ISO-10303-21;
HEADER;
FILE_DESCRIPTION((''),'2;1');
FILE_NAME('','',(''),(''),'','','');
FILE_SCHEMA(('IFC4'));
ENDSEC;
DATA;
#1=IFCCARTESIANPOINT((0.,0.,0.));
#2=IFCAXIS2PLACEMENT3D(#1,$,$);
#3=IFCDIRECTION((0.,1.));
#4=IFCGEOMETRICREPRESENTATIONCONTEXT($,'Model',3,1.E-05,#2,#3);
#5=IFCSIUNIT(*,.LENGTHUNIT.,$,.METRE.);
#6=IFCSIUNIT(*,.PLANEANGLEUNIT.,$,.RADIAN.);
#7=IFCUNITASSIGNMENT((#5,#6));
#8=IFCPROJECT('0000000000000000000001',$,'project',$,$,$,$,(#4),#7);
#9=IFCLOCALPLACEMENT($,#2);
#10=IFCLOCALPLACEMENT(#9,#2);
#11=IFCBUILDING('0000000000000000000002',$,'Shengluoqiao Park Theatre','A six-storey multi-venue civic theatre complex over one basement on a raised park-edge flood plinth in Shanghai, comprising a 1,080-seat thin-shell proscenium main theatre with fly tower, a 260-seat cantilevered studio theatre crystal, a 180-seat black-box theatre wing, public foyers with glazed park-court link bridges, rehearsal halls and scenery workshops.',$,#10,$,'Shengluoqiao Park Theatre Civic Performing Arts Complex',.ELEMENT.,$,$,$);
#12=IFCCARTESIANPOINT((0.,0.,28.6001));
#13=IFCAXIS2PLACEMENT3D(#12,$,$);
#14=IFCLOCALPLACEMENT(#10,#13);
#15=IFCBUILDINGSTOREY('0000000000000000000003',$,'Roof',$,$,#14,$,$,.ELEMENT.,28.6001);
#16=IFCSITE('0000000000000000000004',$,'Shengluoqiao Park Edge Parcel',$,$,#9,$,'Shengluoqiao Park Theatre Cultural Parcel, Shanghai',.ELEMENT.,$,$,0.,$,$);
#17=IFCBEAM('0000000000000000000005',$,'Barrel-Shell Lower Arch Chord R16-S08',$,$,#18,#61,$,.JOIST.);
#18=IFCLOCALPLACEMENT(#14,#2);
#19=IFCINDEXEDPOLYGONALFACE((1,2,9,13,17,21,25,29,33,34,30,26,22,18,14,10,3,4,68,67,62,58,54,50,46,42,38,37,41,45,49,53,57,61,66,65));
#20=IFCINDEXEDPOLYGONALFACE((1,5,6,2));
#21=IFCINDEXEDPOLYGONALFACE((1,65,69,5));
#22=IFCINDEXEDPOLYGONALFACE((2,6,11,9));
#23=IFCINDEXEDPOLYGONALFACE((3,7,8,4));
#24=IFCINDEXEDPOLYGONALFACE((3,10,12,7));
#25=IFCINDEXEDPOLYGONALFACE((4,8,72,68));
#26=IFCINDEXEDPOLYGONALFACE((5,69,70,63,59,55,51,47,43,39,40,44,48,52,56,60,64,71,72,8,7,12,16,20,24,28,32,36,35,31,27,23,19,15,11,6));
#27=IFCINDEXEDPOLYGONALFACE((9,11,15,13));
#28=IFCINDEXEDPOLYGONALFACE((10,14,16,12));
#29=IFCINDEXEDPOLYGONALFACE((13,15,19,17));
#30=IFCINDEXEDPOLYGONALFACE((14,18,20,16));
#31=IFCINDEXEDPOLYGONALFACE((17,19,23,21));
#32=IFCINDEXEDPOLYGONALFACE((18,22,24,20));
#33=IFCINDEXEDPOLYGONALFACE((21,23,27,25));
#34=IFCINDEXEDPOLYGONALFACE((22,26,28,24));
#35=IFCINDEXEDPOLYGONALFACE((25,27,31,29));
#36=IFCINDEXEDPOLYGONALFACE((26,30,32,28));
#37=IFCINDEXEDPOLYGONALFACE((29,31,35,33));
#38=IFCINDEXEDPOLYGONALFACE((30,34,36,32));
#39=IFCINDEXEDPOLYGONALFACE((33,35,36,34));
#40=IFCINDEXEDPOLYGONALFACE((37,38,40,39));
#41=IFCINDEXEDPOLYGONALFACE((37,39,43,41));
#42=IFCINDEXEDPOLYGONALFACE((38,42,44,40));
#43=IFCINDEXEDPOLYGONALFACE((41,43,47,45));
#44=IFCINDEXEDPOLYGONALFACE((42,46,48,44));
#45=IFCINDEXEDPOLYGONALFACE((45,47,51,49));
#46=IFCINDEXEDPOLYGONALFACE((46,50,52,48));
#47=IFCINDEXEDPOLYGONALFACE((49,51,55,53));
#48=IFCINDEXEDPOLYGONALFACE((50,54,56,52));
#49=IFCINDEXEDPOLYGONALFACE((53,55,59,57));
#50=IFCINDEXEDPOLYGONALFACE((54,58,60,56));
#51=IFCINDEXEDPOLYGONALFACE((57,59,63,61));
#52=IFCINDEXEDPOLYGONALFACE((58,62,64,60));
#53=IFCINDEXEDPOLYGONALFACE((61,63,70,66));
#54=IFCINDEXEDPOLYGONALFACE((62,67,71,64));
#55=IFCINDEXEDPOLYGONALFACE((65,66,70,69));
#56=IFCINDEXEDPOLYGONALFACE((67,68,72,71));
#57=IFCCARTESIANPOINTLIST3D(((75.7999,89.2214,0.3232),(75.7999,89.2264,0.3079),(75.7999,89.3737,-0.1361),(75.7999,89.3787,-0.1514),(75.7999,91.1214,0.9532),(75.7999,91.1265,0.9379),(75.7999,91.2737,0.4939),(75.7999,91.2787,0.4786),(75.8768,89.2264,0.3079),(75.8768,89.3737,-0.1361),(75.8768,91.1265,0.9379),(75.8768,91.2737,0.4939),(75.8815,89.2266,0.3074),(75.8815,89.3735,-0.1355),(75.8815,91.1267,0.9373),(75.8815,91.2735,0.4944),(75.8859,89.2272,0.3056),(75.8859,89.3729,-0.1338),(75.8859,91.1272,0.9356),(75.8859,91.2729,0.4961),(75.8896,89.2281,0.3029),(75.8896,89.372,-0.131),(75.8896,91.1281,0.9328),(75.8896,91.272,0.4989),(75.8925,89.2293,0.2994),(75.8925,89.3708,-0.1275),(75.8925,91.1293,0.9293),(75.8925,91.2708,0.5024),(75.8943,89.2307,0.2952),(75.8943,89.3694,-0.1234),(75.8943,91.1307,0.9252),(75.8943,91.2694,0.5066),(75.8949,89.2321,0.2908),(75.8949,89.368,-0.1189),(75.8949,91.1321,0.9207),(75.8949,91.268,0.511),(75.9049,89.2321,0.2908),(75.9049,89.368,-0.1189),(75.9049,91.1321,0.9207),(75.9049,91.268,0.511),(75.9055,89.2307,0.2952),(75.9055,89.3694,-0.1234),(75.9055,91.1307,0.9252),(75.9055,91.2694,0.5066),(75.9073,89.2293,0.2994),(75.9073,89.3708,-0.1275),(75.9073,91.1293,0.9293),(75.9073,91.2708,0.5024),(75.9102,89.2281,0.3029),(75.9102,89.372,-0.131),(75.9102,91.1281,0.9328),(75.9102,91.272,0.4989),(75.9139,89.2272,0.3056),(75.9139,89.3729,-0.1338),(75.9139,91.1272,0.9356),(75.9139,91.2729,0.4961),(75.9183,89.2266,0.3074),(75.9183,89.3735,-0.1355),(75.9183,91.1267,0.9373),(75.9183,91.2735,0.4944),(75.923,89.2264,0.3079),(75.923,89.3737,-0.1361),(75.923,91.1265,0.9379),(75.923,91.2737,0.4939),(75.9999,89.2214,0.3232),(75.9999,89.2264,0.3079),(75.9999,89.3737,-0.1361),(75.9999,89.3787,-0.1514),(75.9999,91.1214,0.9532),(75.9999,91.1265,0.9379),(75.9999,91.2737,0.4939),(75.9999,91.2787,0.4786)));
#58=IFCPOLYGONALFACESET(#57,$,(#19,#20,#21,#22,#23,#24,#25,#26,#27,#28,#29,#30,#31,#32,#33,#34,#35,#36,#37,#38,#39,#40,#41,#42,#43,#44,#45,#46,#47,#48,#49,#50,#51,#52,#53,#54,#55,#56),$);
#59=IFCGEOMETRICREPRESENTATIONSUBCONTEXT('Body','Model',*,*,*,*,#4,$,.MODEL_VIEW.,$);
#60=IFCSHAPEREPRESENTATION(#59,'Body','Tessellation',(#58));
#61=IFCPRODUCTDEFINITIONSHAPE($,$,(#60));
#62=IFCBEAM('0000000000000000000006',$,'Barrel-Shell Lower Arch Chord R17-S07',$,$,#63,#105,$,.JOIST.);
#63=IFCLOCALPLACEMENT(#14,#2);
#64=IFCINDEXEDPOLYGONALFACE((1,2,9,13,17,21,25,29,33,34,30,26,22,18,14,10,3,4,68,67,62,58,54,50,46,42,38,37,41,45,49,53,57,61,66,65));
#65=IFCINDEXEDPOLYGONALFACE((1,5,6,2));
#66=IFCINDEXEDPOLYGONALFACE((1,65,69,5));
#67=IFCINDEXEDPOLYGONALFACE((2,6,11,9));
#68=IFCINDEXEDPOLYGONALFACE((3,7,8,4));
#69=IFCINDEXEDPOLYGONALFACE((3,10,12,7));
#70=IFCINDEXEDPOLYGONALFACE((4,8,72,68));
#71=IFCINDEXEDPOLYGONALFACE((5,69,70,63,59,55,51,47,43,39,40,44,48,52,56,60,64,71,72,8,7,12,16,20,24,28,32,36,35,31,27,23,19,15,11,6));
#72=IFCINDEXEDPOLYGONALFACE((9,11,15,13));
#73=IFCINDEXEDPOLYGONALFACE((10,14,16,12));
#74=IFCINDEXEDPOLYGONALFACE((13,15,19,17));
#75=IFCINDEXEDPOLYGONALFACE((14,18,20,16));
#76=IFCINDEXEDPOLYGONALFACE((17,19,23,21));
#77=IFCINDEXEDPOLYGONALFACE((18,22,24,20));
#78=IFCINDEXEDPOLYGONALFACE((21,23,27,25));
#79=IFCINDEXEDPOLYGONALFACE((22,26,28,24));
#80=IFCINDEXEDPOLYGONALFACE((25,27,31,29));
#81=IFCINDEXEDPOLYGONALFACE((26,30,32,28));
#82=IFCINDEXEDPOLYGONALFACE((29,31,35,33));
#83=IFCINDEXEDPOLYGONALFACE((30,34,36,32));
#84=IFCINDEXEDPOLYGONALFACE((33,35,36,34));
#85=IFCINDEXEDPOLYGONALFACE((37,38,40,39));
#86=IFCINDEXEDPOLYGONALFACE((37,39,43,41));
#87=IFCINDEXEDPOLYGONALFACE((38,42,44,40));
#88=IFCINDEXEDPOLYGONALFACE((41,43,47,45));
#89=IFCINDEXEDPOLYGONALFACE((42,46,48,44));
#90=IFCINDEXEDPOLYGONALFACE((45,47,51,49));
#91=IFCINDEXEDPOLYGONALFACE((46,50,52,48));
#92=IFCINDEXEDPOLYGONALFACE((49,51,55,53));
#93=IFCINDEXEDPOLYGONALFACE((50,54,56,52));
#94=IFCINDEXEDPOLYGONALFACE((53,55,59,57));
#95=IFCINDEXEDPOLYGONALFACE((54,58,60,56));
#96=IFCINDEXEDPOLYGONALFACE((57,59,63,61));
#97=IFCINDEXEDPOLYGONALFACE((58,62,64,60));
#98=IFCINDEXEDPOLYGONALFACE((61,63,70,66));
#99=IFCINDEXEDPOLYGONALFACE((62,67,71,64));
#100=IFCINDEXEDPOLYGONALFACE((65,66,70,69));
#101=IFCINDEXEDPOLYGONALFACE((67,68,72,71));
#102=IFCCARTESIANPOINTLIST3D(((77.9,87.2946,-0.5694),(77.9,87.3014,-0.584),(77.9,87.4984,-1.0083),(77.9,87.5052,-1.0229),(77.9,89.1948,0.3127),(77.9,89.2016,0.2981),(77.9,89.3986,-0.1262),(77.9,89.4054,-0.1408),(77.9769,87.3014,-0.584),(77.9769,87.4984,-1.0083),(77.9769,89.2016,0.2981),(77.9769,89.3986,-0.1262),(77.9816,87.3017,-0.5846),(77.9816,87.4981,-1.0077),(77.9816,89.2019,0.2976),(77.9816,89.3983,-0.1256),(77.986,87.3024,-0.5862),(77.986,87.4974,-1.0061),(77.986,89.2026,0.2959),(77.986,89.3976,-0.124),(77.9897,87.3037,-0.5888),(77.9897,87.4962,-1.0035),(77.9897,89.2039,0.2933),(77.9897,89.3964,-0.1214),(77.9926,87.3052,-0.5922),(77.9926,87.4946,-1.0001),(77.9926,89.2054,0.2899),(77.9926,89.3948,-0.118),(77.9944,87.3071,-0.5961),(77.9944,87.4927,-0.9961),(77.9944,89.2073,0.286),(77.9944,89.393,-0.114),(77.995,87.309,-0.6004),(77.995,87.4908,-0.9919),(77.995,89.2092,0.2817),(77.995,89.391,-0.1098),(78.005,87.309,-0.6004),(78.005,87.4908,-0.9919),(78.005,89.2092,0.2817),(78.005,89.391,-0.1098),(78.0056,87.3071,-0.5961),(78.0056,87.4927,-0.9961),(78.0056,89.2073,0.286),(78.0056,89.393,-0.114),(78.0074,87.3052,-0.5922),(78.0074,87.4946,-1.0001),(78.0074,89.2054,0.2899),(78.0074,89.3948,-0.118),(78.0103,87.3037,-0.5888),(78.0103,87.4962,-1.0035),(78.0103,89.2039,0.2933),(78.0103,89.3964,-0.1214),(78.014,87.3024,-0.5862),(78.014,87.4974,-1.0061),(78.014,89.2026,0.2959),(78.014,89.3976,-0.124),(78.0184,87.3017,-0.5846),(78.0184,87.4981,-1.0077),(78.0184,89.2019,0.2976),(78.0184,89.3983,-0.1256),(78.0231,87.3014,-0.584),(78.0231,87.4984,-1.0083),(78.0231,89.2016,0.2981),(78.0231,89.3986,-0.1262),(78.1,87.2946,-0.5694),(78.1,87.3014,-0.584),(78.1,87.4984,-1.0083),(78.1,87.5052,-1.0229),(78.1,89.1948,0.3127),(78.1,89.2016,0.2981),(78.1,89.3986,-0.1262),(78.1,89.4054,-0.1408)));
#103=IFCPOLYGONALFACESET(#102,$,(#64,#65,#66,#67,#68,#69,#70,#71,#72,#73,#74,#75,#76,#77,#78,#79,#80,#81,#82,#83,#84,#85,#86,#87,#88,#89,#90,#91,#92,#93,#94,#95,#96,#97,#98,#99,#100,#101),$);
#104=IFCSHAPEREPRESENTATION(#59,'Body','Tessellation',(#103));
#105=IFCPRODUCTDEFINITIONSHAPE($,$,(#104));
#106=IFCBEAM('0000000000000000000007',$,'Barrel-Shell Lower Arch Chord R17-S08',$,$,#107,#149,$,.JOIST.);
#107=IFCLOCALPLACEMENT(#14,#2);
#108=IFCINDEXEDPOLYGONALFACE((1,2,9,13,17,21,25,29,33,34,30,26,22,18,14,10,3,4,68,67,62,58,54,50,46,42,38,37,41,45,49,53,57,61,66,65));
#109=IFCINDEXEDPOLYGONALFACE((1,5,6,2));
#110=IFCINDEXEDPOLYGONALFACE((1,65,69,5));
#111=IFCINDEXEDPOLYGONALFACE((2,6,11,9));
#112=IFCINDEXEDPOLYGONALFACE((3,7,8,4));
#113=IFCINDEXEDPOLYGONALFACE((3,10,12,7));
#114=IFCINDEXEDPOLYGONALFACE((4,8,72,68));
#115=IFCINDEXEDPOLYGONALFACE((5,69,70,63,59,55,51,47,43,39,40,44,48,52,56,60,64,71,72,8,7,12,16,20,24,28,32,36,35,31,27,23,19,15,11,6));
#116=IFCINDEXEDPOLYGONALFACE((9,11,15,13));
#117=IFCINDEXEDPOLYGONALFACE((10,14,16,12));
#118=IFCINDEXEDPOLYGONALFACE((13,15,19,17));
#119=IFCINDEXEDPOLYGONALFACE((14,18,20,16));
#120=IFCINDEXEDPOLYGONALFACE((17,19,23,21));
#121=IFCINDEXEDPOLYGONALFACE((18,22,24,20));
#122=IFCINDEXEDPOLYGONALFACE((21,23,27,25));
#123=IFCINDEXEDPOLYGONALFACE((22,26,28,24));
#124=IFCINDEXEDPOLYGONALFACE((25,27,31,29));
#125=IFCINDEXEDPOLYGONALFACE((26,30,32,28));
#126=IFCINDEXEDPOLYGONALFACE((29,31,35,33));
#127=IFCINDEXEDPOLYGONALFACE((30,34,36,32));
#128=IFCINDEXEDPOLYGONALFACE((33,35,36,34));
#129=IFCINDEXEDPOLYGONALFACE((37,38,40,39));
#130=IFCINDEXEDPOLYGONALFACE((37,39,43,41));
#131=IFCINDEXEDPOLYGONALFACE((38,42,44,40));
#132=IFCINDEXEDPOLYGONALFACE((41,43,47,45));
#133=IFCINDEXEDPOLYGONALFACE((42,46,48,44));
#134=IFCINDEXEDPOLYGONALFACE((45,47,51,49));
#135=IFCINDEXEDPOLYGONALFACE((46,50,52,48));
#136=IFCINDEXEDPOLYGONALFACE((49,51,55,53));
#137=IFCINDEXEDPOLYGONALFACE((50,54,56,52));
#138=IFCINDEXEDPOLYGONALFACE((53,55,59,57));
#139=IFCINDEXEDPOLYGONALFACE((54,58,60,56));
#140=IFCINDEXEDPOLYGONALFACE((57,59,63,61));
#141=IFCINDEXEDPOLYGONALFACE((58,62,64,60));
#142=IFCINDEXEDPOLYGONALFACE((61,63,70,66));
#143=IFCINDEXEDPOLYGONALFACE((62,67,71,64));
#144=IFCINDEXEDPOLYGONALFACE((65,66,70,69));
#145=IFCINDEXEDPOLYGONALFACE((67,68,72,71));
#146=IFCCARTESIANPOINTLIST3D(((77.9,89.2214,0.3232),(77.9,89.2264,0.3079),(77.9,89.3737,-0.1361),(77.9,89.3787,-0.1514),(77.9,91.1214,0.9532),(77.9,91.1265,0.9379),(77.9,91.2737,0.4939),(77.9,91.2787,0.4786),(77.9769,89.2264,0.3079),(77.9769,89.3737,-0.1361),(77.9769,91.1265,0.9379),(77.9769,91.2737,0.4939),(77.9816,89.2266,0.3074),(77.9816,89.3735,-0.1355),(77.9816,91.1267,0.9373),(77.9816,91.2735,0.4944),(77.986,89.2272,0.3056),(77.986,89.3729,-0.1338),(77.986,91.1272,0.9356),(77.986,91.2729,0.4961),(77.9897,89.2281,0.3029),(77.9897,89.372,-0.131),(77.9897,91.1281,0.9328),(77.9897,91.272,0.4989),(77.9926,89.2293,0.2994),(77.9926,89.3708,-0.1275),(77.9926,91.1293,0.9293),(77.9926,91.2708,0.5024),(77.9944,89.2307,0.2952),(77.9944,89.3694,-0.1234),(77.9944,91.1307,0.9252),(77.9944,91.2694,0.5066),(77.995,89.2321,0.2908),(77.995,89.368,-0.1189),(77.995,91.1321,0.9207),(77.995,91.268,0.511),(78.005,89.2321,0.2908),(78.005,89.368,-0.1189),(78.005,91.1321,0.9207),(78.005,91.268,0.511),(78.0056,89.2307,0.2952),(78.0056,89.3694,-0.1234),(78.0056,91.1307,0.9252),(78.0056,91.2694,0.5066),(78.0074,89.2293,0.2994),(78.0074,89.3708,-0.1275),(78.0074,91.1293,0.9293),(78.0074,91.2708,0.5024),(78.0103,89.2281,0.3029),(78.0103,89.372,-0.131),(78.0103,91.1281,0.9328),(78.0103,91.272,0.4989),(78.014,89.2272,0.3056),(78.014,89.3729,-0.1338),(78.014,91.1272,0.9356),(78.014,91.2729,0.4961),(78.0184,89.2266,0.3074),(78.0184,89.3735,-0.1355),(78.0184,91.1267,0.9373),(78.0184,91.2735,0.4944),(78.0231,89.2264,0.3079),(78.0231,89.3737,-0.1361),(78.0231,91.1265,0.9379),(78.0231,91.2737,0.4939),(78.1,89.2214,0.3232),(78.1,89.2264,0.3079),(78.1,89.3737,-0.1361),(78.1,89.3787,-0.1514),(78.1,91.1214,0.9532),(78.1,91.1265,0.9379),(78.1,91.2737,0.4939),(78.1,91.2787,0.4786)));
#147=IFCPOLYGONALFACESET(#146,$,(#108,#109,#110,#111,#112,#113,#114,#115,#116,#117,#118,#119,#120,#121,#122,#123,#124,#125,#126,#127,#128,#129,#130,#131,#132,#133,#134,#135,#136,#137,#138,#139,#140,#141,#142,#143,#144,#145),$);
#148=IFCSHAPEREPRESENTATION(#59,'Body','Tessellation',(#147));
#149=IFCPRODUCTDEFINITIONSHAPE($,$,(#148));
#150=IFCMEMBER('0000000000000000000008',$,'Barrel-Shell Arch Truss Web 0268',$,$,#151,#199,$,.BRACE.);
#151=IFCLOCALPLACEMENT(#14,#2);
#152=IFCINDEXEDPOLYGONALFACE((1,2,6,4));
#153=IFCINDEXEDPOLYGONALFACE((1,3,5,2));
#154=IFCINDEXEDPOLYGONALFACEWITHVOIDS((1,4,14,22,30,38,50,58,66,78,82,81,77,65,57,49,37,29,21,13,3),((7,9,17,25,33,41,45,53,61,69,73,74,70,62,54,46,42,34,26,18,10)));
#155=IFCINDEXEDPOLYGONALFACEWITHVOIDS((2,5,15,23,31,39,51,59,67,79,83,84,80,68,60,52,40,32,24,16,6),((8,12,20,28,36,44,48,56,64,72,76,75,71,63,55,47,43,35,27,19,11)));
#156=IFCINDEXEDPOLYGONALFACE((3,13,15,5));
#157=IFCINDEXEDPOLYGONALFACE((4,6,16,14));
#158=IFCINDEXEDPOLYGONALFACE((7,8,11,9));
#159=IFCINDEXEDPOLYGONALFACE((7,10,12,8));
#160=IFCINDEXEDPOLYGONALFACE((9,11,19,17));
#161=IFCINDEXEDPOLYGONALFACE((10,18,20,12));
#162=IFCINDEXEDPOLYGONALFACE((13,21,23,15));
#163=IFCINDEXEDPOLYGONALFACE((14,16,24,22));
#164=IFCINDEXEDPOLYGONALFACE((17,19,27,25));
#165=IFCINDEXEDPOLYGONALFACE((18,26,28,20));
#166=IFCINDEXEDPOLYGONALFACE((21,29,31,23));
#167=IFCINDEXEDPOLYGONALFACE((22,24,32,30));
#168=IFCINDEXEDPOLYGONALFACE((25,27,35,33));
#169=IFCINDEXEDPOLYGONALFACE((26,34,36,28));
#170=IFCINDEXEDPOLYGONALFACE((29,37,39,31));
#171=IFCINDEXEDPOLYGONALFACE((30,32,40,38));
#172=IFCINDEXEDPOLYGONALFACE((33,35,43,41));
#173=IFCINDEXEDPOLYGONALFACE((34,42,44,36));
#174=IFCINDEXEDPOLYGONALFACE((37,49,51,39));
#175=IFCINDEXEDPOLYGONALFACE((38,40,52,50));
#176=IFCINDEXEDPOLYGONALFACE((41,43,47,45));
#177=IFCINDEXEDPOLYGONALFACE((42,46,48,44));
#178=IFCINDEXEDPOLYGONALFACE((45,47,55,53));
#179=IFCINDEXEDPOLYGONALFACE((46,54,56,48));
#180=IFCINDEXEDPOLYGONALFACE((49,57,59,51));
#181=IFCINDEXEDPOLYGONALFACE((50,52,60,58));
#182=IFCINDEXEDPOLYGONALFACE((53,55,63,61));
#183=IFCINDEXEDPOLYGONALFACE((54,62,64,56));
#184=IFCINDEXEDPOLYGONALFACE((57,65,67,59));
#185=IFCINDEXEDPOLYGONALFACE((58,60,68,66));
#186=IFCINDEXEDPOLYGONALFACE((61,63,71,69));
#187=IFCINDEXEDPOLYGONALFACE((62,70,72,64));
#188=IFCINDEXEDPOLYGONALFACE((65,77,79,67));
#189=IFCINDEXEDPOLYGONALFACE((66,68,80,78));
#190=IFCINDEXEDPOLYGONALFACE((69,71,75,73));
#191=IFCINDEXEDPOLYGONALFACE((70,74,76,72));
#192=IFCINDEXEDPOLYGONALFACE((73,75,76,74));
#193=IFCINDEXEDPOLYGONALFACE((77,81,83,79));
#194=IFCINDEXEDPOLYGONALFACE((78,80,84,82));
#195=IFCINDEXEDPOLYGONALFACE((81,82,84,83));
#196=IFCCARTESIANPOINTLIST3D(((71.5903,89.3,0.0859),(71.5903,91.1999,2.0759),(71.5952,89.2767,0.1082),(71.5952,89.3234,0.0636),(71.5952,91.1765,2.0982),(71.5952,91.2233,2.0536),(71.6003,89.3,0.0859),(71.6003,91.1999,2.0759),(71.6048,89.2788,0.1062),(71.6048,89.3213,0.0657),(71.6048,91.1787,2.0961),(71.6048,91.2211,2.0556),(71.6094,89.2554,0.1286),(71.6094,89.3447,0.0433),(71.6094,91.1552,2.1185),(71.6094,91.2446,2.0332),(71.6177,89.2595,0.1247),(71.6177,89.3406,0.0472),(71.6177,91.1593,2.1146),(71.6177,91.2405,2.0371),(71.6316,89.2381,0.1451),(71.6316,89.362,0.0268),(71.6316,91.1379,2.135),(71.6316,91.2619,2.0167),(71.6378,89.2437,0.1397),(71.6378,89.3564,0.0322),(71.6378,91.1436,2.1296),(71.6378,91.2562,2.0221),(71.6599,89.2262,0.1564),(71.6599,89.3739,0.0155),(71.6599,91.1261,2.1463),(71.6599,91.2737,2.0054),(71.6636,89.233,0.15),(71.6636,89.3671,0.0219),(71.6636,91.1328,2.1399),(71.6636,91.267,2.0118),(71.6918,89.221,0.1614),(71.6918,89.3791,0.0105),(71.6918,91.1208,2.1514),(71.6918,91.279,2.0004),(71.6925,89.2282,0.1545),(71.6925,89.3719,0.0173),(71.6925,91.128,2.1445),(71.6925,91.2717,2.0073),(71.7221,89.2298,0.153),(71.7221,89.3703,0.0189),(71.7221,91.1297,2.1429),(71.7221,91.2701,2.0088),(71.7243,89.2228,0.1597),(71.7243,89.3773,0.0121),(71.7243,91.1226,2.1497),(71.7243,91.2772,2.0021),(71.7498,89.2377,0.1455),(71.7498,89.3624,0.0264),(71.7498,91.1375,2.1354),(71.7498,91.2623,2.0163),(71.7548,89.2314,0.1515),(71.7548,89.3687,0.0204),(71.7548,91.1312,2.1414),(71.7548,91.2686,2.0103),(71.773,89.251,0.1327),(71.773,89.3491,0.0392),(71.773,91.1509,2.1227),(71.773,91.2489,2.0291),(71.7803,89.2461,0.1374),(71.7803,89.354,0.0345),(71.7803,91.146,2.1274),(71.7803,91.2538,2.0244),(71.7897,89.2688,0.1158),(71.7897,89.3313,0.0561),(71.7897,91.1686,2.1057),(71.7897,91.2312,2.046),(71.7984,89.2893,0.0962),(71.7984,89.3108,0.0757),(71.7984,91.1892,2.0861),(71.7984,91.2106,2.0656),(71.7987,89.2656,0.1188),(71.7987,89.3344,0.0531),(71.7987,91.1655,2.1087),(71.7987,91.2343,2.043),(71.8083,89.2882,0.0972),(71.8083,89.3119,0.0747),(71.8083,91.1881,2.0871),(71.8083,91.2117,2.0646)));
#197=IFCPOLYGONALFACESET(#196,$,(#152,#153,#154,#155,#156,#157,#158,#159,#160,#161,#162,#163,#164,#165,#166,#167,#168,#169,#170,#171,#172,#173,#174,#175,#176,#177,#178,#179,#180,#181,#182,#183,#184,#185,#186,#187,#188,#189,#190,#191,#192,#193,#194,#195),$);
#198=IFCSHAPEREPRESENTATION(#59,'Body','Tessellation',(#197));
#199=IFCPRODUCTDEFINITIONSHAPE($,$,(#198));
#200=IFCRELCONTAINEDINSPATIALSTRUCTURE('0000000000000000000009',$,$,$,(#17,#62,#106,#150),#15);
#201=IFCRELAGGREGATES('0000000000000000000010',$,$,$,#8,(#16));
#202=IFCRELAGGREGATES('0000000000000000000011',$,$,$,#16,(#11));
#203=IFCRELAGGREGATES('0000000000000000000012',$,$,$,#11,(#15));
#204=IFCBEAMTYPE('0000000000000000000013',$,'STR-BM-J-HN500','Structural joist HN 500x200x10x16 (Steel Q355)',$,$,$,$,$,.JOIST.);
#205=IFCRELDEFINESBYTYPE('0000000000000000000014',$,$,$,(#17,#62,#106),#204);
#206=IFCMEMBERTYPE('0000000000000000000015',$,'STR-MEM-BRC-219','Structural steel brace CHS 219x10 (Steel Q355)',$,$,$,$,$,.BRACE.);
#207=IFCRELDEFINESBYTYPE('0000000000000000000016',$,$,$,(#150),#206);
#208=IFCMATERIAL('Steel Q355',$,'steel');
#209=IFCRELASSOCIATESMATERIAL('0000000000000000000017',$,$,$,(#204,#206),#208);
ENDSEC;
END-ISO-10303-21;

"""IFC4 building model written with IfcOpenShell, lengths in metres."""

from ifc_helpers import new_model, si_unit, direction, frame, origin, origin_2d, place, context, subcontext, project, spatial, hollow_circle, i_section, extrude, material, material_profile, profile_set, type_object, element, save


model = new_model("IFC4")

# Units and contexts
model_context = context("Model", 3, precision=1e-05, world=origin(), true_north=direction((0.0, 1.0)))
body_context = subcontext(model_context, "Body", "Model", "MODEL_VIEW")
ifc_project = project(units=[si_unit("LENGTHUNIT", "METRE"), si_unit("PLANEANGLEUNIT", "RADIAN")], contexts=[model_context])

# Site, building, storey
site_placement = place(None, origin())
site = spatial("IfcSite", under=ifc_project, at=site_placement, Name="Shengluoqiao Park Edge Parcel", LongName="Shengluoqiao Park Theatre Cultural Parcel, Shanghai", CompositionType="ELEMENT", RefElevation=0.0)
building_placement = place(site_placement, origin())
building = spatial("IfcBuilding", under=site, at=building_placement, Name="Shengluoqiao Park Theatre", Description="A six-storey multi-venue civic theatre complex over one basement on a raised park-edge flood plinth in Shanghai, comprising a 1,080-seat thin-shell proscenium main theatre with fly tower, a 260-seat cantilevered studio theatre crystal, a 180-seat black-box theatre wing, public foyers with glazed park-court link bridges, rehearsal halls and scenery workshops.", LongName="Shengluoqiao Park Theatre Civic Performing Arts Complex", CompositionType="ELEMENT")
storey_placement = place(building_placement, frame((0.0, 0.0, 28.6001)))
storey = spatial("IfcBuildingStorey", under=building, at=storey_placement, Name="Roof", CompositionType="ELEMENT", Elevation=28.6001)

# Beams
ifc_material_1 = material(Name="Steel Q355", Category="steel")
ifc_material_profile_1 = material_profile(ifc_material_1, i_section(OverallWidth=0.2, OverallDepth=0.5, WebThickness=0.01, FlangeThickness=0.0161, FilletRadius=0.0181, at=origin_2d()), Name="HN 500x200x10x16")
ifc_profile_set_1 = profile_set([ifc_material_profile_1], Name="Steel Q355")
beam_type_1 = type_object("IfcBeamType", Name="STR-BM-J-HN500", Description="Structural joist HN 500x200x10x16 (Steel Q355)", PredefinedType="JOIST", material=ifc_profile_set_1)
beam_1_placement = place(storey_placement, frame((75.8999, 89.3, 0.0859), z_axis=(0.0, 0.949194, 0.31469), x_axis=(-1.0, 0.0, 0.0)))
element("IfcBeam", 1, at=beam_1_placement, inside=storey, type_object=beam_type_1, Name="Barrel-Shell Lower Arch Chord R16-S08", PredefinedType="JOIST", context=body_context, shape_type="SweptSolid", body=[
    extrude(i_section(OverallWidth=0.2, OverallDepth=0.5, WebThickness=0.01, FlangeThickness=0.0161, FilletRadius=0.0181, at=origin_2d()), origin(), (0.0, 0.0, 1.0), 2.0017),
])
beam_2_placement = place(storey_placement, frame((78.0, 87.3999, -0.7961), z_axis=(0.0, 0.907033, 0.42106), x_axis=(-1.0, 0.0, 0.0)))
element("IfcBeam", 2, at=beam_2_placement, inside=storey, type_object=beam_type_1, Name="Barrel-Shell Lower Arch Chord R17-S07", PredefinedType="JOIST", context=body_context, shape_type="SweptSolid", body=[
    extrude(i_section(OverallWidth=0.2, OverallDepth=0.5, WebThickness=0.01, FlangeThickness=0.0161, FilletRadius=0.0181, at=origin_2d()), origin(), (0.0, 0.0, 1.0), 2.095),
])
beam_3_placement = place(storey_placement, frame((78.0, 89.3, 0.0859), z_axis=(0.0, 0.949194, 0.31469), x_axis=(-1.0, 0.0, 0.0)))
element("IfcBeam", 3, at=beam_3_placement, inside=storey, type_object=beam_type_1, Name="Barrel-Shell Lower Arch Chord R17-S08", PredefinedType="JOIST", context=body_context, shape_type="SweptSolid", body=[
    extrude(i_section(OverallWidth=0.2, OverallDepth=0.5, WebThickness=0.01, FlangeThickness=0.0161, FilletRadius=0.0181, at=origin_2d()), origin(), (0.0, 0.0, 1.0), 2.0017),
])

# Member
ifc_material_profile_2 = material_profile(ifc_material_1, hollow_circle(Radius=0.1096, WallThickness=0.01, at=origin_2d()), Name="CHS 219x10")
ifc_profile_set_2 = profile_set([ifc_material_profile_2], Name="Steel Q355")
member_type_1 = type_object("IfcMemberType", Name="STR-MEM-BRC-219", Description="Structural steel brace CHS 219x10 (Steel Q355)", PredefinedType="BRACE", material=ifc_profile_set_2)
for number, where, z_axis, x_axis, name in (
    (4, (71.7, 89.3, 0.0859), (0.0, 0.690545, 0.723289), (-1.0, 0.0, 0.0), "Barrel-Shell Arch Truss Web 0268"),
):
    element("IfcMember", number, at=place(storey_placement, frame(where, z_axis=z_axis, x_axis=x_axis)), inside=storey, type_object=member_type_1, Name=name, PredefinedType="BRACE", context=body_context, shape_type="SweptSolid", body=[
        extrude(hollow_circle(Radius=0.1096, WallThickness=0.01, at=origin_2d()), origin(), (0.0, 0.0, 1.0), 2.7512),
    ])

save(model, "model.ifc")
